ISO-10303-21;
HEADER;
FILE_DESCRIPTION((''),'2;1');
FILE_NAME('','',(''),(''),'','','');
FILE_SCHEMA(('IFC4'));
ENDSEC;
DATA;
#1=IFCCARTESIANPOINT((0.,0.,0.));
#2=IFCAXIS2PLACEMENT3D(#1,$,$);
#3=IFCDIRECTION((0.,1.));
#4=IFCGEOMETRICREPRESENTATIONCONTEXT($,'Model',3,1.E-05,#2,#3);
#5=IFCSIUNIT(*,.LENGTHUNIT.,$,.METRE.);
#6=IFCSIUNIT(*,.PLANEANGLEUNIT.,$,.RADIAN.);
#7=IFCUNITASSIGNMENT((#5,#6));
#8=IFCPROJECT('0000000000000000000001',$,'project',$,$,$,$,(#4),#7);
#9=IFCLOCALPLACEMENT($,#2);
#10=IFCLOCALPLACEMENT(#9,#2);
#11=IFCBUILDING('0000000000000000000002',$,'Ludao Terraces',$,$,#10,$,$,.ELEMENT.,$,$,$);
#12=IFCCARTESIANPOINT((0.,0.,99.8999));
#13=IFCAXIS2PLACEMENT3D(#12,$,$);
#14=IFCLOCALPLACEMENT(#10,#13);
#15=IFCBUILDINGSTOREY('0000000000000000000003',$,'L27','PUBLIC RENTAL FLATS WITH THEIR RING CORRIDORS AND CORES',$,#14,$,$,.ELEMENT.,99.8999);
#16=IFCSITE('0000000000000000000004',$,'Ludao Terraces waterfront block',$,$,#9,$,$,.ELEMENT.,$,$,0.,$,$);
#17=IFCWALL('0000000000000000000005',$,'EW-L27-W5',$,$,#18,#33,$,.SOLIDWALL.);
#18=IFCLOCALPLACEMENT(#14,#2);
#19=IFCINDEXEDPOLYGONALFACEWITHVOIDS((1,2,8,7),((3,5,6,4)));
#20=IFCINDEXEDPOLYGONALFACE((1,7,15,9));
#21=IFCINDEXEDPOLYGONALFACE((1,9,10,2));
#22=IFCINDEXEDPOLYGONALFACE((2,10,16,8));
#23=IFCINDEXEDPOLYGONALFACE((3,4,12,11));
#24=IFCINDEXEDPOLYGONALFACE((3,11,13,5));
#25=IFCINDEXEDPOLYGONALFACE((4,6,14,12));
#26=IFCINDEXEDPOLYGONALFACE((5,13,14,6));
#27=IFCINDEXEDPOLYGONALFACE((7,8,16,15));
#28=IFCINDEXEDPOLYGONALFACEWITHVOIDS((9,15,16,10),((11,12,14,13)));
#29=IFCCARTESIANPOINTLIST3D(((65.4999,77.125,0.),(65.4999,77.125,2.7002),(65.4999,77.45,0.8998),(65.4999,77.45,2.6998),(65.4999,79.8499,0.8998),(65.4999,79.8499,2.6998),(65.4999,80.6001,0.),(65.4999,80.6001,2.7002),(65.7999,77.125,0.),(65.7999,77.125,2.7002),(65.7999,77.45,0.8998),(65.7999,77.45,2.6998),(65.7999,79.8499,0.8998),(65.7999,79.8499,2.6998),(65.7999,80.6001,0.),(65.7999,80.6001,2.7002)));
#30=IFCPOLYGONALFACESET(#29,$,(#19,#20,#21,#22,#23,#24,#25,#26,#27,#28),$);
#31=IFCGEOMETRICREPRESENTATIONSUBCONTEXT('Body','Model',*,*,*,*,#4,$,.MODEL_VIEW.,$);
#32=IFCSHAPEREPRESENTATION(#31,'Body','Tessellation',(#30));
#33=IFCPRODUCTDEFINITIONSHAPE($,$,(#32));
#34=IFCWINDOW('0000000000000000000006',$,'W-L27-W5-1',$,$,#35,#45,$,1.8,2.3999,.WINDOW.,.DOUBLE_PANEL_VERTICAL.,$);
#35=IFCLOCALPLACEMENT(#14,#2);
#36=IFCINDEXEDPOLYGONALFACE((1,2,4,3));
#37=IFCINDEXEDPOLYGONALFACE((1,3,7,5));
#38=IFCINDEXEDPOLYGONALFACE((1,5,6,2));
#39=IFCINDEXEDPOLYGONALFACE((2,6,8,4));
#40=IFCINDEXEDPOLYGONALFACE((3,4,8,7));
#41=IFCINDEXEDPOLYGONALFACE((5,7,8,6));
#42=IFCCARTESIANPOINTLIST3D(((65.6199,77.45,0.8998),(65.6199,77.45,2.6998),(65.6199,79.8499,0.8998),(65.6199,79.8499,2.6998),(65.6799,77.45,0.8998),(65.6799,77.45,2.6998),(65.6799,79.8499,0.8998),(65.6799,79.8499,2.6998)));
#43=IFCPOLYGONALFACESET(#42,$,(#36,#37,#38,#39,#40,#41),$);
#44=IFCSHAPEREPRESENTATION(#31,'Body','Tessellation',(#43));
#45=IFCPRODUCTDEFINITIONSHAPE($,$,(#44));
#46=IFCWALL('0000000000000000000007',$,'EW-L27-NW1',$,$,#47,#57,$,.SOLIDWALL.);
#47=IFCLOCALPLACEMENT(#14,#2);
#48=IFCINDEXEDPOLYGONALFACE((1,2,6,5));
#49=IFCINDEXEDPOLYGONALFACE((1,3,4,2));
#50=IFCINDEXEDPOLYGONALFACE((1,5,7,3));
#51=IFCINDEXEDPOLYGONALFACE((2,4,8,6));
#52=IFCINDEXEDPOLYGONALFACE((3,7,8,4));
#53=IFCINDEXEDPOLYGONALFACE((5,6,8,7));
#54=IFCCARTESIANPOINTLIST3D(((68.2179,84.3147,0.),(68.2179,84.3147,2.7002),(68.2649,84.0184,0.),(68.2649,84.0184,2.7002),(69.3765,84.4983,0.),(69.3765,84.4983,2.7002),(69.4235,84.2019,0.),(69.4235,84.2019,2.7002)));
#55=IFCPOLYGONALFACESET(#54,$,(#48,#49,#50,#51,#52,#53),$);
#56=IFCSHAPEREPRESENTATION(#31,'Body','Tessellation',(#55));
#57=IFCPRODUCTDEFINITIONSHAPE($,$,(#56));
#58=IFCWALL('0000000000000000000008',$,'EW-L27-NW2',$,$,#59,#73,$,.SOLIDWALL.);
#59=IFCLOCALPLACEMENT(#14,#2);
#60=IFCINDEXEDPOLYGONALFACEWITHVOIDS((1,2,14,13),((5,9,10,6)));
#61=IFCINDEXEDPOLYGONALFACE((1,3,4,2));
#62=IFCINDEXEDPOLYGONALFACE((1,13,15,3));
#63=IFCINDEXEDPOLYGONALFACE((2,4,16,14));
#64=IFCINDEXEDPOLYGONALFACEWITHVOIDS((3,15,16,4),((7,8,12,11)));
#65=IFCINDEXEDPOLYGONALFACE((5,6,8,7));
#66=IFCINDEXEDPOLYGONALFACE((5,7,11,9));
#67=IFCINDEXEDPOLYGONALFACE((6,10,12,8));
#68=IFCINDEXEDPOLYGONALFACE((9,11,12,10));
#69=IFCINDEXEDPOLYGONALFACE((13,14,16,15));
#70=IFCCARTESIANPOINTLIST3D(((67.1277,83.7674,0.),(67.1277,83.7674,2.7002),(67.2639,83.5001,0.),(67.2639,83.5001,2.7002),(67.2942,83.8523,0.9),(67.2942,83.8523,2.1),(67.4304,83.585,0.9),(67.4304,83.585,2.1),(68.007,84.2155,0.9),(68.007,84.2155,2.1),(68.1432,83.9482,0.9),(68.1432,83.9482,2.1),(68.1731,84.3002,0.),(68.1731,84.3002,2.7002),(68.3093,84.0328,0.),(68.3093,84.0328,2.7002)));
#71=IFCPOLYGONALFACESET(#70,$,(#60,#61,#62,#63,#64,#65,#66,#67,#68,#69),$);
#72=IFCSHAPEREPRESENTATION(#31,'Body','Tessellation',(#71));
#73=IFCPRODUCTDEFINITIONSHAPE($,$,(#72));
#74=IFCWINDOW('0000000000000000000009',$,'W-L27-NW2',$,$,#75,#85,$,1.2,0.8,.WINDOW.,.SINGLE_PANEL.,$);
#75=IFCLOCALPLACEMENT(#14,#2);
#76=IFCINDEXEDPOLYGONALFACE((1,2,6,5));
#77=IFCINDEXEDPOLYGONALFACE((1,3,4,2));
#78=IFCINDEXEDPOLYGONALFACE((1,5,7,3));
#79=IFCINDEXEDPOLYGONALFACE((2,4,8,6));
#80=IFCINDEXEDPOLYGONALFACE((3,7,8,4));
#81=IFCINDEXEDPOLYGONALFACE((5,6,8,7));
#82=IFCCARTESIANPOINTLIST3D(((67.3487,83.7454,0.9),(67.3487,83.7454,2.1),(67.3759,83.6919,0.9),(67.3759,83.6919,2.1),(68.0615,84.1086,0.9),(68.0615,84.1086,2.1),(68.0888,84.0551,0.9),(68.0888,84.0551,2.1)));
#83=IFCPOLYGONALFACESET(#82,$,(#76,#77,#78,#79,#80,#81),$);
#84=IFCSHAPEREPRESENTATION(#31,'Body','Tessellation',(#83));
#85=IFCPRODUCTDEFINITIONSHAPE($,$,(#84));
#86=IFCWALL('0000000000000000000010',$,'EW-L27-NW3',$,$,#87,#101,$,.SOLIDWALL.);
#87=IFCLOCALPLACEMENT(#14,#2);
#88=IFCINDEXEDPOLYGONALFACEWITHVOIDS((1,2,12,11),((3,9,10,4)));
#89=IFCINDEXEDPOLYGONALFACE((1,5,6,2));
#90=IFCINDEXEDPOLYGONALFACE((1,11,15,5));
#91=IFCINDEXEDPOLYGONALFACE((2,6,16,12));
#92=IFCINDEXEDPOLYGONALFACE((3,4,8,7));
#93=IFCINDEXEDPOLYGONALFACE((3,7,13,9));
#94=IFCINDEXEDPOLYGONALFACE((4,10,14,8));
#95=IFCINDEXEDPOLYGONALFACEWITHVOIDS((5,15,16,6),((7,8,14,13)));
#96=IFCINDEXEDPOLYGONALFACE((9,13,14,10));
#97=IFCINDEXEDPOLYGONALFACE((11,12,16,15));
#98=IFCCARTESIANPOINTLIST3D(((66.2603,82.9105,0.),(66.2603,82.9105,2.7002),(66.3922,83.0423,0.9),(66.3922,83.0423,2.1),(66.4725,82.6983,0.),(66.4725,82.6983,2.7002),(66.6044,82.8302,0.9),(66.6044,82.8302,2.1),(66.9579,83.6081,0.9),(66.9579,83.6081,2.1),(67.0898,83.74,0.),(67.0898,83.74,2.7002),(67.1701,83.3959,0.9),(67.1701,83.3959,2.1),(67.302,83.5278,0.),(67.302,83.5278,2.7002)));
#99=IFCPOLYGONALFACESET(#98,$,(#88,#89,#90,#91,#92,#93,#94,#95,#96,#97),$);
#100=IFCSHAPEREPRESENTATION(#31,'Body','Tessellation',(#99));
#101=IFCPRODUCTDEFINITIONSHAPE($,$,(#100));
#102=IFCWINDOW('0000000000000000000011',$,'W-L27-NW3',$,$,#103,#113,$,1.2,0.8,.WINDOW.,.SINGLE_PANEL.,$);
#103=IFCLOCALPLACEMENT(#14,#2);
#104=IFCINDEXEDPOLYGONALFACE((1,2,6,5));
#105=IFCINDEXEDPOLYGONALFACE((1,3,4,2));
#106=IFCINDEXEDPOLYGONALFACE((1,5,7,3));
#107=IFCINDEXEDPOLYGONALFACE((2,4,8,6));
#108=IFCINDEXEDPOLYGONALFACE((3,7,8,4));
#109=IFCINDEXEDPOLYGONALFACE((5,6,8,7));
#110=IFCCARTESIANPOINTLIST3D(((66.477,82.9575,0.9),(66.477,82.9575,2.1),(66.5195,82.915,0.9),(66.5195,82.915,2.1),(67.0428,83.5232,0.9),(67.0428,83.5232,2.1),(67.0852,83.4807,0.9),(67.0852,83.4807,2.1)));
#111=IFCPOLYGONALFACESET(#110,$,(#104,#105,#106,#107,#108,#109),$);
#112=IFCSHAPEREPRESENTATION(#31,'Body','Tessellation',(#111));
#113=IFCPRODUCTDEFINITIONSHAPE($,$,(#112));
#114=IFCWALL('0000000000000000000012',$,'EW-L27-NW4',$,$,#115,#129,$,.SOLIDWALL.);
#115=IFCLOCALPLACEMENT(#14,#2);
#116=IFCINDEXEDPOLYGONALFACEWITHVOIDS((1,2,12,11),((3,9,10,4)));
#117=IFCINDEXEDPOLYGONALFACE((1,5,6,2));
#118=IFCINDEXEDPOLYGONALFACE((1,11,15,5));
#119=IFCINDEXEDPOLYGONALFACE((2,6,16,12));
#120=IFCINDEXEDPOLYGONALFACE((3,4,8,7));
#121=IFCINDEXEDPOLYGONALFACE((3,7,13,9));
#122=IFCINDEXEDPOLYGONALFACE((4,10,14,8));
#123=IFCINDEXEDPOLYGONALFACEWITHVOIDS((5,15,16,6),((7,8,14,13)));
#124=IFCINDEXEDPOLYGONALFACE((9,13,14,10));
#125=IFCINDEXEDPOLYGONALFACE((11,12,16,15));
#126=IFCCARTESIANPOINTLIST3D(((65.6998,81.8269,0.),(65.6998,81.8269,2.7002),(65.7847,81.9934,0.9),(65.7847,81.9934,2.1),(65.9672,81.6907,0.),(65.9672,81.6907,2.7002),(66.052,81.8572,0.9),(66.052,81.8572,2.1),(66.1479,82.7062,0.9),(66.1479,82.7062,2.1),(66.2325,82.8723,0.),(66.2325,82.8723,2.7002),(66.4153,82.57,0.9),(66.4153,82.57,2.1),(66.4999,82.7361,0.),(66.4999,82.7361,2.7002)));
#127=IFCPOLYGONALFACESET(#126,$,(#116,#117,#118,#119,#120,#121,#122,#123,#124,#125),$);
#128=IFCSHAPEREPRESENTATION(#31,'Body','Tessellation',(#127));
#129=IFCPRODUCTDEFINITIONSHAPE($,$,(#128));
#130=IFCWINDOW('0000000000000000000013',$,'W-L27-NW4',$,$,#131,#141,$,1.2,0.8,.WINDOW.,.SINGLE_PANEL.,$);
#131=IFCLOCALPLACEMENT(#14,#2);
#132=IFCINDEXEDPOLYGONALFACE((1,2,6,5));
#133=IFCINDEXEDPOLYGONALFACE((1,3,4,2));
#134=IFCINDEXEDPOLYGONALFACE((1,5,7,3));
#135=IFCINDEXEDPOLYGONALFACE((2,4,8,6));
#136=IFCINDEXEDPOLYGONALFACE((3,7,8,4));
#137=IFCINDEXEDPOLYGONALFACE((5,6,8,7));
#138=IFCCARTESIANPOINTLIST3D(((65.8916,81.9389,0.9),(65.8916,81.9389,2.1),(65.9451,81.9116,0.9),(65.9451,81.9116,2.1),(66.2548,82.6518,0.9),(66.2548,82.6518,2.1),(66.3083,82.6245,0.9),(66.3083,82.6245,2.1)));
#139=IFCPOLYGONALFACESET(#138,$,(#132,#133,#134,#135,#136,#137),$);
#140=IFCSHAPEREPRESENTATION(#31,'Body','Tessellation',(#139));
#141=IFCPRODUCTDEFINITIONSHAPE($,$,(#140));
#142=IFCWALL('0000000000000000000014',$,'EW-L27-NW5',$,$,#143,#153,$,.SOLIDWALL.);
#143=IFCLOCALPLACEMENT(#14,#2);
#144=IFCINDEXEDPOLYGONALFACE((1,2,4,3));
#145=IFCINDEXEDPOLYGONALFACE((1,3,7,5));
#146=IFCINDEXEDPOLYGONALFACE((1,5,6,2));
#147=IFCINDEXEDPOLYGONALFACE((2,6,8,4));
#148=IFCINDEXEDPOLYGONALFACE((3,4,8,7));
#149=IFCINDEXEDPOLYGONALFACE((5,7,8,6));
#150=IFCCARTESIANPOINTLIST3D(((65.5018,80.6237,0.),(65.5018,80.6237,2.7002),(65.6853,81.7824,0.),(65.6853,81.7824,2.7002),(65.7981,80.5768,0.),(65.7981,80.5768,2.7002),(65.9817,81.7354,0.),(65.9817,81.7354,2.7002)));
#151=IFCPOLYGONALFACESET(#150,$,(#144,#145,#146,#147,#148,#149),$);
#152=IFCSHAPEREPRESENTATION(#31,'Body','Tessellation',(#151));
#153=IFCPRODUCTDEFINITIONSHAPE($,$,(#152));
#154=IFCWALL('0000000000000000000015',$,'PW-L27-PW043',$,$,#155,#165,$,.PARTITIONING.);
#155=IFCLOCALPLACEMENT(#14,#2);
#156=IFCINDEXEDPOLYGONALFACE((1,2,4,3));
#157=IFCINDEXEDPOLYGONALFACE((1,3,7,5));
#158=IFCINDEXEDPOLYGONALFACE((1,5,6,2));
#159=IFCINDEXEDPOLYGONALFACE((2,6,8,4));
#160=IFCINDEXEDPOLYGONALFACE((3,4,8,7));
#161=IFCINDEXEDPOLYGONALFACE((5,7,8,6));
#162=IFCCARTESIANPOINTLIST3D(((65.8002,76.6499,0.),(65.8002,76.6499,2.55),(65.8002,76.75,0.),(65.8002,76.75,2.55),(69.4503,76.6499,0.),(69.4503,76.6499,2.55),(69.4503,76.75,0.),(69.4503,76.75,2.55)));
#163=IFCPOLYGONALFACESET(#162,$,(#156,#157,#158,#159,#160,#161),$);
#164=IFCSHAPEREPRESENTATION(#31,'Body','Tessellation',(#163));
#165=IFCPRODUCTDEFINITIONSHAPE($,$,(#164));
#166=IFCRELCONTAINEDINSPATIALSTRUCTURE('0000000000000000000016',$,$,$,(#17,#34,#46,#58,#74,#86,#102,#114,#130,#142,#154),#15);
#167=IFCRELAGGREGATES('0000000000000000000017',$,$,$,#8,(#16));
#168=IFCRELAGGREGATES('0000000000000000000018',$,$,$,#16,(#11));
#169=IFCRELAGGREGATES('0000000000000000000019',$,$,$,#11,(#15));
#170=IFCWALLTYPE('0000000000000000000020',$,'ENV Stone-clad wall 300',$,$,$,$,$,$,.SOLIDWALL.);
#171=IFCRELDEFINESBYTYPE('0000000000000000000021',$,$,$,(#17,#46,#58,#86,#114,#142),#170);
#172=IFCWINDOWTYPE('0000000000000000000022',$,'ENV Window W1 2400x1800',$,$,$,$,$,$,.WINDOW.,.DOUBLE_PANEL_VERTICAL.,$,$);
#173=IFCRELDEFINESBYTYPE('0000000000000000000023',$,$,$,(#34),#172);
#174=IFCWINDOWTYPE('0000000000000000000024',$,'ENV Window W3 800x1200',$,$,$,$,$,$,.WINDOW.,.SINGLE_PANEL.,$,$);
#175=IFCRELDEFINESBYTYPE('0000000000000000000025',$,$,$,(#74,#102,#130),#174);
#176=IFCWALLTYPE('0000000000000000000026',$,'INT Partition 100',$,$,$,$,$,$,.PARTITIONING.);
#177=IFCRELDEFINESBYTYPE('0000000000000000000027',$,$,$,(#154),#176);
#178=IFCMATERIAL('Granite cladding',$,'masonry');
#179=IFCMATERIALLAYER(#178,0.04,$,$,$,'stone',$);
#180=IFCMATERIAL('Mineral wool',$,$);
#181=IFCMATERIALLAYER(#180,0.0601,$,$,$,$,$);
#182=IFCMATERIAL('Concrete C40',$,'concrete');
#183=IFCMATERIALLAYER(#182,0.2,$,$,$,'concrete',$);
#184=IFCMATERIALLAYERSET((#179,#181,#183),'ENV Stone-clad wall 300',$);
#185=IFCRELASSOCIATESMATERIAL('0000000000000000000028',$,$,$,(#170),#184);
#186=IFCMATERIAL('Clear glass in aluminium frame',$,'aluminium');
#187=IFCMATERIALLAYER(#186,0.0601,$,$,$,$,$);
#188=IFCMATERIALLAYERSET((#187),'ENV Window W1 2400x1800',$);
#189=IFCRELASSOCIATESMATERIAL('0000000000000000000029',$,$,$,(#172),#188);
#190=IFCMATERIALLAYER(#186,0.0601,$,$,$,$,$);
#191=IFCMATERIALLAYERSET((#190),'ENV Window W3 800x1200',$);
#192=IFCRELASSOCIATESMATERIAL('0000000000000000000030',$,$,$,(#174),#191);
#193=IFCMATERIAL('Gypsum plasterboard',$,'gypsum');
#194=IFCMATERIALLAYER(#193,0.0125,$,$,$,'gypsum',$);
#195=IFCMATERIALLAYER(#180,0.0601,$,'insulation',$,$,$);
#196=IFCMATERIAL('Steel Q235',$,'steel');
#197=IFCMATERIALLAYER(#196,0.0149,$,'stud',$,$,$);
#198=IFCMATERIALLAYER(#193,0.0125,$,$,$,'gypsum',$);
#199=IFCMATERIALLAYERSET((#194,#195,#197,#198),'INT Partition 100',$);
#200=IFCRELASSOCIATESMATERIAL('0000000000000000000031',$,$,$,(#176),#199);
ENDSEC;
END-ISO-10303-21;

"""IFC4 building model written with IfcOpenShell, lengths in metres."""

from ifc_helpers import new_model, si_unit, direction, frame, frame_2d, origin, place, context, subcontext, project, spatial, rectangle, extrude, material, layer, layer_set, type_object, element, fill, save


model = new_model("IFC4")

# Units and contexts
model_context = context("Model", 3, precision=1e-05, world=origin(), true_north=direction((0.0, 1.0)))
body_context = subcontext(model_context, "Body", "Model", "MODEL_VIEW")
ifc_project = project(units=[si_unit("LENGTHUNIT", "METRE"), si_unit("PLANEANGLEUNIT", "RADIAN")], contexts=[model_context])

# Site, building, storey
site_placement = place(None, origin())
site = spatial("IfcSite", under=ifc_project, at=site_placement, Name="Ludao Terraces waterfront block", CompositionType="ELEMENT", RefElevation=0.0)
building_placement = place(site_placement, origin())
building = spatial("IfcBuilding", under=site, at=building_placement, Name="Ludao Terraces", CompositionType="ELEMENT")
storey_placement = place(building_placement, frame((0.0, 0.0, 99.8999)))
storey = spatial("IfcBuildingStorey", under=building, at=storey_placement, Name="L27", Description="PUBLIC RENTAL FLATS WITH THEIR RING CORRIDORS AND CORES", CompositionType="ELEMENT", Elevation=99.8999)

# Shared definitions
ifc_material_1 = material(Name="Concrete C40", Category="concrete")

# Shared definitions
ifc_material_2 = material(Name="Steel Q235", Category="steel")

# Shared definitions
ifc_material_3 = material(Name="Granite cladding", Category="masonry")
ifc_layer_1 = layer(ifc_material_3, 0.04, Category="stone")
ifc_material_4 = material(Name="Mineral wool")
ifc_layer_2 = layer(ifc_material_4, 0.0601)
ifc_layer_3 = layer(ifc_material_1, 0.2, Category="concrete")
ifc_layer_set_1 = layer_set([ifc_layer_1, ifc_layer_2, ifc_layer_3], Name="ENV Stone-clad wall 300")
wall_type_1 = type_object("IfcWallType", Name="ENV Stone-clad wall 300", PredefinedType="SOLIDWALL", material=ifc_layer_set_1)
ifc_material_5 = material(Name="Clear glass in aluminium frame", Category="aluminium")
ifc_layer_4 = layer(ifc_material_5, 0.0601)
ifc_layer_set_2 = layer_set([ifc_layer_4], Name="ENV Window W1 2400x1800")
window_type_1 = type_object("IfcWindowType", Name="ENV Window W1 2400x1800", PartitioningType="DOUBLE_PANEL_VERTICAL", PredefinedType="WINDOW", material=ifc_layer_set_2)

# Wall, opening, window
wall_1_placement = place(storey_placement, frame((65.6499, 77.125, 0.0), z_axis=(0.0, 0.0, 1.0), x_axis=(0.0, 1.0, 0.0)))
wall_1 = element("IfcWall", 1, at=wall_1_placement, inside=storey, type_object=wall_type_1, Name="EW-L27-W5", PredefinedType="SOLIDWALL", context=body_context, shape_type="SweptSolid", body=[
    extrude(rectangle(XDim=3.4751, YDim=0.3, at=frame_2d((1.7375, 0.0))), origin(), (0.0, 0.0, 1.0), 2.7002),
])
opening_1_placement = place(wall_1_placement, frame((0.325, 0.0, 0.8999)))
opening_1 = element("IfcOpeningElement", 2, at=opening_1_placement, cuts=wall_1, PredefinedType="OPENING", context=body_context, shape_type="SweptSolid", body=[
    extrude(rectangle(XDim=2.3999, YDim=1.8, at=frame_2d((1.2, 0.8999))), frame((0.0, 0.1602, 0.0), z_axis=(0.0, -1.0, 0.0), x_axis=(1.0, 0.0, 0.0)), (0.0, 0.0, 1.0), 0.3201),
])
window_1_placement = place(opening_1_placement, origin())
window_1 = element("IfcWindow", 3, at=window_1_placement, inside=storey, type_object=window_type_1, Name="W-L27-W5-1", OverallHeight=1.8, OverallWidth=2.3999, PartitioningType="DOUBLE_PANEL_VERTICAL", PredefinedType="WINDOW", context=body_context, shape_type="SweptSolid", body=[
    extrude(rectangle(XDim=2.3999, YDim=1.8, at=frame_2d((1.2, 0.8999))), frame((0.0, 0.03, 0.0), z_axis=(0.0, -1.0, 0.0), x_axis=(1.0, 0.0, 0.0)), (0.0, 0.0, 1.0), 0.0601),
])
fill(opening_1, window_1)

# Wall
wall_2_placement = place(storey_placement, frame((69.3999, 84.3501, 0.0), z_axis=(0.0, 0.0, 1.0), x_axis=(-0.987678, -0.156497, 0.0)))
element("IfcWall", 4, at=wall_2_placement, inside=storey, type_object=wall_type_1, Name="EW-L27-NW1", PredefinedType="SOLIDWALL", context=body_context, shape_type="SweptSolid", body=[
    extrude(rectangle(XDim=1.1731, YDim=0.3, at=frame_2d((0.5864, 0.0))), origin(), (0.0, 0.0, 1.0), 2.7002),
])

# Walls, openings, windows
wall_3_placement = place(storey_placement, frame((68.2412, 84.1665, 0.0), z_axis=(0.0, 0.0, 1.0), x_axis=(-0.890989, -0.454026, 0.0)))
wall_3 = element("IfcWall", 5, at=wall_3_placement, inside=storey, type_object=wall_type_1, Name="EW-L27-NW2", PredefinedType="SOLIDWALL", context=body_context, shape_type="SweptSolid", body=[
    extrude(rectangle(XDim=1.1733, YDim=0.3, at=frame_2d((0.5867, 0.0))), origin(), (0.0, 0.0, 1.0), 2.7002),
])
opening_2_placement = place(wall_3_placement, frame((0.1865, 0.0, 0.8999)))
opening_2 = element("IfcOpeningElement", 6, at=opening_2_placement, cuts=wall_3, PredefinedType="OPENING", context=body_context, shape_type="SweptSolid", body=[
    extrude(rectangle(XDim=0.8, YDim=1.2, at=frame_2d((0.3999, 0.6001))), frame((0.0, 0.1602, 0.0), z_axis=(0.0, -1.0, 0.0), x_axis=(1.0, 0.0, 0.0)), (0.0, 0.0, 1.0), 0.3201),
])
ifc_layer_5 = layer(ifc_material_5, 0.0601)
ifc_layer_set_3 = layer_set([ifc_layer_5], Name="ENV Window W3 800x1200")
window_type_2 = type_object("IfcWindowType", Name="ENV Window W3 800x1200", PartitioningType="SINGLE_PANEL", PredefinedType="WINDOW", material=ifc_layer_set_3)
window_2_placement = place(opening_2_placement, origin())
window_2 = element("IfcWindow", 7, at=window_2_placement, inside=storey, type_object=window_type_2, Name="W-L27-NW2", OverallHeight=1.2, OverallWidth=0.8, PartitioningType="SINGLE_PANEL", PredefinedType="WINDOW", context=body_context, shape_type="SweptSolid", body=[
    extrude(rectangle(XDim=0.8, YDim=1.2, at=frame_2d((0.3999, 0.6001))), frame((0.0, 0.03, 0.0), z_axis=(0.0, -1.0, 0.0), x_axis=(1.0, 0.0, 0.0)), (0.0, 0.0, 1.0), 0.0601),
])
fill(opening_2, window_2)
wall_4_placement = place(storey_placement, frame((67.1958, 83.6338, 0.0), z_axis=(0.0, 0.0, 1.0), x_axis=(-0.707107, -0.707107, 0.0)))
wall_4 = element("IfcWall", 8, at=wall_4_placement, inside=storey, type_object=wall_type_1, Name="EW-L27-NW3", PredefinedType="SOLIDWALL", context=body_context, shape_type="SweptSolid", body=[
    extrude(rectangle(XDim=1.1731, YDim=0.3, at=frame_2d((0.5864, 0.0))), origin(), (0.0, 0.0, 1.0), 2.7002),
])
opening_3_placement = place(wall_4_placement, frame((0.1865, 0.0, 0.8999)))
opening_3 = element("IfcOpeningElement", 9, at=opening_3_placement, cuts=wall_4, PredefinedType="OPENING", context=body_context, shape_type="SweptSolid", body=[
    extrude(rectangle(XDim=0.8, YDim=1.2, at=frame_2d((0.3999, 0.6001))), frame((0.0, 0.1602, 0.0), z_axis=(0.0, -1.0, 0.0), x_axis=(1.0, 0.0, 0.0)), (0.0, 0.0, 1.0), 0.3201),
])
window_3_placement = place(opening_3_placement, origin())
window_3 = element("IfcWindow", 10, at=window_3_placement, inside=storey, type_object=window_type_2, Name="W-L27-NW3", OverallHeight=1.2, OverallWidth=0.8, PartitioningType="SINGLE_PANEL", PredefinedType="WINDOW", context=body_context, shape_type="SweptSolid", body=[
    extrude(rectangle(XDim=0.8, YDim=1.2, at=frame_2d((0.3999, 0.6001))), frame((0.0, 0.03, 0.0), z_axis=(0.0, -1.0, 0.0), x_axis=(1.0, 0.0, 0.0)), (0.0, 0.0, 1.0), 0.0601),
])
fill(opening_3, window_3)
wall_5_placement = place(storey_placement, frame((66.3662, 82.8042, 0.0), z_axis=(0.0, 0.0, 1.0), x_axis=(-0.454026, -0.890989, 0.0)))
wall_5 = element("IfcWall", 11, at=wall_5_placement, inside=storey, type_object=wall_type_1, Name="EW-L27-NW4", PredefinedType="SOLIDWALL", context=body_context, shape_type="SweptSolid", body=[
    extrude(rectangle(XDim=1.1733, YDim=0.3, at=frame_2d((0.5867, 0.0))), origin(), (0.0, 0.0, 1.0), 2.7002),
])
opening_4_placement = place(wall_5_placement, frame((0.1865, 0.0, 0.8999)))
opening_4 = element("IfcOpeningElement", 12, at=opening_4_placement, cuts=wall_5, PredefinedType="OPENING", context=body_context, shape_type="SweptSolid", body=[
    extrude(rectangle(XDim=0.8, YDim=1.2, at=frame_2d((0.3999, 0.6001))), frame((0.0, 0.1602, 0.0), z_axis=(0.0, -1.0, 0.0), x_axis=(1.0, 0.0, 0.0)), (0.0, 0.0, 1.0), 0.3201),
])
window_4_placement = place(opening_4_placement, origin())
window_4 = element("IfcWindow", 13, at=window_4_placement, inside=storey, type_object=window_type_2, Name="W-L27-NW4", OverallHeight=1.2, OverallWidth=0.8, PartitioningType="SINGLE_PANEL", PredefinedType="WINDOW", context=body_context, shape_type="SweptSolid", body=[
    extrude(rectangle(XDim=0.8, YDim=1.2, at=frame_2d((0.3999, 0.6001))), frame((0.0, 0.03, 0.0), z_axis=(0.0, -1.0, 0.0), x_axis=(1.0, 0.0, 0.0)), (0.0, 0.0, 1.0), 0.0601),
])
fill(opening_4, window_4)

# Walls
wall_6_placement = place(storey_placement, frame((65.8335, 81.7588, 0.0), z_axis=(0.0, 0.0, 1.0), x_axis=(-0.156497, -0.987678, 0.0)))
element("IfcWall", 14, at=wall_6_placement, inside=storey, type_object=wall_type_1, Name="EW-L27-NW5", PredefinedType="SOLIDWALL", context=body_context, shape_type="SweptSolid", body=[
    extrude(rectangle(XDim=1.1731, YDim=0.3, at=frame_2d((0.5864, 0.0))), origin(), (0.0, 0.0, 1.0), 2.7002),
])
ifc_material_6 = material(Name="Gypsum plasterboard", Category="gypsum")
ifc_layer_6 = layer(ifc_material_6, 0.0125, Category="gypsum")
ifc_layer_7 = layer(ifc_material_4, 0.0601, Name="insulation")
ifc_layer_8 = layer(ifc_material_2, 0.0149, Name="stud")
ifc_layer_9 = layer(ifc_material_6, 0.0125, Category="gypsum")
ifc_layer_set_4 = layer_set([ifc_layer_6, ifc_layer_7, ifc_layer_8, ifc_layer_9], Name="INT Partition 100")
wall_type_2 = type_object("IfcWallType", Name="INT Partition 100", PredefinedType="PARTITIONING", material=ifc_layer_set_4)
wall_7_placement = place(storey_placement, frame((65.8, 76.7, 0.0), z_axis=(0.0, 0.0, 1.0), x_axis=(1.0, 0.0, 0.0)))
element("IfcWall", 15, at=wall_7_placement, inside=storey, type_object=wall_type_2, Name="PW-L27-PW043", PredefinedType="PARTITIONING", context=body_context, shape_type="SweptSolid", body=[
    extrude(rectangle(XDim=3.6501, YDim=0.1001, at=frame_2d((1.8252, 0.0))), origin(), (0.0, 0.0, 1.0), 2.55),
])

save(model, "model.ifc")
